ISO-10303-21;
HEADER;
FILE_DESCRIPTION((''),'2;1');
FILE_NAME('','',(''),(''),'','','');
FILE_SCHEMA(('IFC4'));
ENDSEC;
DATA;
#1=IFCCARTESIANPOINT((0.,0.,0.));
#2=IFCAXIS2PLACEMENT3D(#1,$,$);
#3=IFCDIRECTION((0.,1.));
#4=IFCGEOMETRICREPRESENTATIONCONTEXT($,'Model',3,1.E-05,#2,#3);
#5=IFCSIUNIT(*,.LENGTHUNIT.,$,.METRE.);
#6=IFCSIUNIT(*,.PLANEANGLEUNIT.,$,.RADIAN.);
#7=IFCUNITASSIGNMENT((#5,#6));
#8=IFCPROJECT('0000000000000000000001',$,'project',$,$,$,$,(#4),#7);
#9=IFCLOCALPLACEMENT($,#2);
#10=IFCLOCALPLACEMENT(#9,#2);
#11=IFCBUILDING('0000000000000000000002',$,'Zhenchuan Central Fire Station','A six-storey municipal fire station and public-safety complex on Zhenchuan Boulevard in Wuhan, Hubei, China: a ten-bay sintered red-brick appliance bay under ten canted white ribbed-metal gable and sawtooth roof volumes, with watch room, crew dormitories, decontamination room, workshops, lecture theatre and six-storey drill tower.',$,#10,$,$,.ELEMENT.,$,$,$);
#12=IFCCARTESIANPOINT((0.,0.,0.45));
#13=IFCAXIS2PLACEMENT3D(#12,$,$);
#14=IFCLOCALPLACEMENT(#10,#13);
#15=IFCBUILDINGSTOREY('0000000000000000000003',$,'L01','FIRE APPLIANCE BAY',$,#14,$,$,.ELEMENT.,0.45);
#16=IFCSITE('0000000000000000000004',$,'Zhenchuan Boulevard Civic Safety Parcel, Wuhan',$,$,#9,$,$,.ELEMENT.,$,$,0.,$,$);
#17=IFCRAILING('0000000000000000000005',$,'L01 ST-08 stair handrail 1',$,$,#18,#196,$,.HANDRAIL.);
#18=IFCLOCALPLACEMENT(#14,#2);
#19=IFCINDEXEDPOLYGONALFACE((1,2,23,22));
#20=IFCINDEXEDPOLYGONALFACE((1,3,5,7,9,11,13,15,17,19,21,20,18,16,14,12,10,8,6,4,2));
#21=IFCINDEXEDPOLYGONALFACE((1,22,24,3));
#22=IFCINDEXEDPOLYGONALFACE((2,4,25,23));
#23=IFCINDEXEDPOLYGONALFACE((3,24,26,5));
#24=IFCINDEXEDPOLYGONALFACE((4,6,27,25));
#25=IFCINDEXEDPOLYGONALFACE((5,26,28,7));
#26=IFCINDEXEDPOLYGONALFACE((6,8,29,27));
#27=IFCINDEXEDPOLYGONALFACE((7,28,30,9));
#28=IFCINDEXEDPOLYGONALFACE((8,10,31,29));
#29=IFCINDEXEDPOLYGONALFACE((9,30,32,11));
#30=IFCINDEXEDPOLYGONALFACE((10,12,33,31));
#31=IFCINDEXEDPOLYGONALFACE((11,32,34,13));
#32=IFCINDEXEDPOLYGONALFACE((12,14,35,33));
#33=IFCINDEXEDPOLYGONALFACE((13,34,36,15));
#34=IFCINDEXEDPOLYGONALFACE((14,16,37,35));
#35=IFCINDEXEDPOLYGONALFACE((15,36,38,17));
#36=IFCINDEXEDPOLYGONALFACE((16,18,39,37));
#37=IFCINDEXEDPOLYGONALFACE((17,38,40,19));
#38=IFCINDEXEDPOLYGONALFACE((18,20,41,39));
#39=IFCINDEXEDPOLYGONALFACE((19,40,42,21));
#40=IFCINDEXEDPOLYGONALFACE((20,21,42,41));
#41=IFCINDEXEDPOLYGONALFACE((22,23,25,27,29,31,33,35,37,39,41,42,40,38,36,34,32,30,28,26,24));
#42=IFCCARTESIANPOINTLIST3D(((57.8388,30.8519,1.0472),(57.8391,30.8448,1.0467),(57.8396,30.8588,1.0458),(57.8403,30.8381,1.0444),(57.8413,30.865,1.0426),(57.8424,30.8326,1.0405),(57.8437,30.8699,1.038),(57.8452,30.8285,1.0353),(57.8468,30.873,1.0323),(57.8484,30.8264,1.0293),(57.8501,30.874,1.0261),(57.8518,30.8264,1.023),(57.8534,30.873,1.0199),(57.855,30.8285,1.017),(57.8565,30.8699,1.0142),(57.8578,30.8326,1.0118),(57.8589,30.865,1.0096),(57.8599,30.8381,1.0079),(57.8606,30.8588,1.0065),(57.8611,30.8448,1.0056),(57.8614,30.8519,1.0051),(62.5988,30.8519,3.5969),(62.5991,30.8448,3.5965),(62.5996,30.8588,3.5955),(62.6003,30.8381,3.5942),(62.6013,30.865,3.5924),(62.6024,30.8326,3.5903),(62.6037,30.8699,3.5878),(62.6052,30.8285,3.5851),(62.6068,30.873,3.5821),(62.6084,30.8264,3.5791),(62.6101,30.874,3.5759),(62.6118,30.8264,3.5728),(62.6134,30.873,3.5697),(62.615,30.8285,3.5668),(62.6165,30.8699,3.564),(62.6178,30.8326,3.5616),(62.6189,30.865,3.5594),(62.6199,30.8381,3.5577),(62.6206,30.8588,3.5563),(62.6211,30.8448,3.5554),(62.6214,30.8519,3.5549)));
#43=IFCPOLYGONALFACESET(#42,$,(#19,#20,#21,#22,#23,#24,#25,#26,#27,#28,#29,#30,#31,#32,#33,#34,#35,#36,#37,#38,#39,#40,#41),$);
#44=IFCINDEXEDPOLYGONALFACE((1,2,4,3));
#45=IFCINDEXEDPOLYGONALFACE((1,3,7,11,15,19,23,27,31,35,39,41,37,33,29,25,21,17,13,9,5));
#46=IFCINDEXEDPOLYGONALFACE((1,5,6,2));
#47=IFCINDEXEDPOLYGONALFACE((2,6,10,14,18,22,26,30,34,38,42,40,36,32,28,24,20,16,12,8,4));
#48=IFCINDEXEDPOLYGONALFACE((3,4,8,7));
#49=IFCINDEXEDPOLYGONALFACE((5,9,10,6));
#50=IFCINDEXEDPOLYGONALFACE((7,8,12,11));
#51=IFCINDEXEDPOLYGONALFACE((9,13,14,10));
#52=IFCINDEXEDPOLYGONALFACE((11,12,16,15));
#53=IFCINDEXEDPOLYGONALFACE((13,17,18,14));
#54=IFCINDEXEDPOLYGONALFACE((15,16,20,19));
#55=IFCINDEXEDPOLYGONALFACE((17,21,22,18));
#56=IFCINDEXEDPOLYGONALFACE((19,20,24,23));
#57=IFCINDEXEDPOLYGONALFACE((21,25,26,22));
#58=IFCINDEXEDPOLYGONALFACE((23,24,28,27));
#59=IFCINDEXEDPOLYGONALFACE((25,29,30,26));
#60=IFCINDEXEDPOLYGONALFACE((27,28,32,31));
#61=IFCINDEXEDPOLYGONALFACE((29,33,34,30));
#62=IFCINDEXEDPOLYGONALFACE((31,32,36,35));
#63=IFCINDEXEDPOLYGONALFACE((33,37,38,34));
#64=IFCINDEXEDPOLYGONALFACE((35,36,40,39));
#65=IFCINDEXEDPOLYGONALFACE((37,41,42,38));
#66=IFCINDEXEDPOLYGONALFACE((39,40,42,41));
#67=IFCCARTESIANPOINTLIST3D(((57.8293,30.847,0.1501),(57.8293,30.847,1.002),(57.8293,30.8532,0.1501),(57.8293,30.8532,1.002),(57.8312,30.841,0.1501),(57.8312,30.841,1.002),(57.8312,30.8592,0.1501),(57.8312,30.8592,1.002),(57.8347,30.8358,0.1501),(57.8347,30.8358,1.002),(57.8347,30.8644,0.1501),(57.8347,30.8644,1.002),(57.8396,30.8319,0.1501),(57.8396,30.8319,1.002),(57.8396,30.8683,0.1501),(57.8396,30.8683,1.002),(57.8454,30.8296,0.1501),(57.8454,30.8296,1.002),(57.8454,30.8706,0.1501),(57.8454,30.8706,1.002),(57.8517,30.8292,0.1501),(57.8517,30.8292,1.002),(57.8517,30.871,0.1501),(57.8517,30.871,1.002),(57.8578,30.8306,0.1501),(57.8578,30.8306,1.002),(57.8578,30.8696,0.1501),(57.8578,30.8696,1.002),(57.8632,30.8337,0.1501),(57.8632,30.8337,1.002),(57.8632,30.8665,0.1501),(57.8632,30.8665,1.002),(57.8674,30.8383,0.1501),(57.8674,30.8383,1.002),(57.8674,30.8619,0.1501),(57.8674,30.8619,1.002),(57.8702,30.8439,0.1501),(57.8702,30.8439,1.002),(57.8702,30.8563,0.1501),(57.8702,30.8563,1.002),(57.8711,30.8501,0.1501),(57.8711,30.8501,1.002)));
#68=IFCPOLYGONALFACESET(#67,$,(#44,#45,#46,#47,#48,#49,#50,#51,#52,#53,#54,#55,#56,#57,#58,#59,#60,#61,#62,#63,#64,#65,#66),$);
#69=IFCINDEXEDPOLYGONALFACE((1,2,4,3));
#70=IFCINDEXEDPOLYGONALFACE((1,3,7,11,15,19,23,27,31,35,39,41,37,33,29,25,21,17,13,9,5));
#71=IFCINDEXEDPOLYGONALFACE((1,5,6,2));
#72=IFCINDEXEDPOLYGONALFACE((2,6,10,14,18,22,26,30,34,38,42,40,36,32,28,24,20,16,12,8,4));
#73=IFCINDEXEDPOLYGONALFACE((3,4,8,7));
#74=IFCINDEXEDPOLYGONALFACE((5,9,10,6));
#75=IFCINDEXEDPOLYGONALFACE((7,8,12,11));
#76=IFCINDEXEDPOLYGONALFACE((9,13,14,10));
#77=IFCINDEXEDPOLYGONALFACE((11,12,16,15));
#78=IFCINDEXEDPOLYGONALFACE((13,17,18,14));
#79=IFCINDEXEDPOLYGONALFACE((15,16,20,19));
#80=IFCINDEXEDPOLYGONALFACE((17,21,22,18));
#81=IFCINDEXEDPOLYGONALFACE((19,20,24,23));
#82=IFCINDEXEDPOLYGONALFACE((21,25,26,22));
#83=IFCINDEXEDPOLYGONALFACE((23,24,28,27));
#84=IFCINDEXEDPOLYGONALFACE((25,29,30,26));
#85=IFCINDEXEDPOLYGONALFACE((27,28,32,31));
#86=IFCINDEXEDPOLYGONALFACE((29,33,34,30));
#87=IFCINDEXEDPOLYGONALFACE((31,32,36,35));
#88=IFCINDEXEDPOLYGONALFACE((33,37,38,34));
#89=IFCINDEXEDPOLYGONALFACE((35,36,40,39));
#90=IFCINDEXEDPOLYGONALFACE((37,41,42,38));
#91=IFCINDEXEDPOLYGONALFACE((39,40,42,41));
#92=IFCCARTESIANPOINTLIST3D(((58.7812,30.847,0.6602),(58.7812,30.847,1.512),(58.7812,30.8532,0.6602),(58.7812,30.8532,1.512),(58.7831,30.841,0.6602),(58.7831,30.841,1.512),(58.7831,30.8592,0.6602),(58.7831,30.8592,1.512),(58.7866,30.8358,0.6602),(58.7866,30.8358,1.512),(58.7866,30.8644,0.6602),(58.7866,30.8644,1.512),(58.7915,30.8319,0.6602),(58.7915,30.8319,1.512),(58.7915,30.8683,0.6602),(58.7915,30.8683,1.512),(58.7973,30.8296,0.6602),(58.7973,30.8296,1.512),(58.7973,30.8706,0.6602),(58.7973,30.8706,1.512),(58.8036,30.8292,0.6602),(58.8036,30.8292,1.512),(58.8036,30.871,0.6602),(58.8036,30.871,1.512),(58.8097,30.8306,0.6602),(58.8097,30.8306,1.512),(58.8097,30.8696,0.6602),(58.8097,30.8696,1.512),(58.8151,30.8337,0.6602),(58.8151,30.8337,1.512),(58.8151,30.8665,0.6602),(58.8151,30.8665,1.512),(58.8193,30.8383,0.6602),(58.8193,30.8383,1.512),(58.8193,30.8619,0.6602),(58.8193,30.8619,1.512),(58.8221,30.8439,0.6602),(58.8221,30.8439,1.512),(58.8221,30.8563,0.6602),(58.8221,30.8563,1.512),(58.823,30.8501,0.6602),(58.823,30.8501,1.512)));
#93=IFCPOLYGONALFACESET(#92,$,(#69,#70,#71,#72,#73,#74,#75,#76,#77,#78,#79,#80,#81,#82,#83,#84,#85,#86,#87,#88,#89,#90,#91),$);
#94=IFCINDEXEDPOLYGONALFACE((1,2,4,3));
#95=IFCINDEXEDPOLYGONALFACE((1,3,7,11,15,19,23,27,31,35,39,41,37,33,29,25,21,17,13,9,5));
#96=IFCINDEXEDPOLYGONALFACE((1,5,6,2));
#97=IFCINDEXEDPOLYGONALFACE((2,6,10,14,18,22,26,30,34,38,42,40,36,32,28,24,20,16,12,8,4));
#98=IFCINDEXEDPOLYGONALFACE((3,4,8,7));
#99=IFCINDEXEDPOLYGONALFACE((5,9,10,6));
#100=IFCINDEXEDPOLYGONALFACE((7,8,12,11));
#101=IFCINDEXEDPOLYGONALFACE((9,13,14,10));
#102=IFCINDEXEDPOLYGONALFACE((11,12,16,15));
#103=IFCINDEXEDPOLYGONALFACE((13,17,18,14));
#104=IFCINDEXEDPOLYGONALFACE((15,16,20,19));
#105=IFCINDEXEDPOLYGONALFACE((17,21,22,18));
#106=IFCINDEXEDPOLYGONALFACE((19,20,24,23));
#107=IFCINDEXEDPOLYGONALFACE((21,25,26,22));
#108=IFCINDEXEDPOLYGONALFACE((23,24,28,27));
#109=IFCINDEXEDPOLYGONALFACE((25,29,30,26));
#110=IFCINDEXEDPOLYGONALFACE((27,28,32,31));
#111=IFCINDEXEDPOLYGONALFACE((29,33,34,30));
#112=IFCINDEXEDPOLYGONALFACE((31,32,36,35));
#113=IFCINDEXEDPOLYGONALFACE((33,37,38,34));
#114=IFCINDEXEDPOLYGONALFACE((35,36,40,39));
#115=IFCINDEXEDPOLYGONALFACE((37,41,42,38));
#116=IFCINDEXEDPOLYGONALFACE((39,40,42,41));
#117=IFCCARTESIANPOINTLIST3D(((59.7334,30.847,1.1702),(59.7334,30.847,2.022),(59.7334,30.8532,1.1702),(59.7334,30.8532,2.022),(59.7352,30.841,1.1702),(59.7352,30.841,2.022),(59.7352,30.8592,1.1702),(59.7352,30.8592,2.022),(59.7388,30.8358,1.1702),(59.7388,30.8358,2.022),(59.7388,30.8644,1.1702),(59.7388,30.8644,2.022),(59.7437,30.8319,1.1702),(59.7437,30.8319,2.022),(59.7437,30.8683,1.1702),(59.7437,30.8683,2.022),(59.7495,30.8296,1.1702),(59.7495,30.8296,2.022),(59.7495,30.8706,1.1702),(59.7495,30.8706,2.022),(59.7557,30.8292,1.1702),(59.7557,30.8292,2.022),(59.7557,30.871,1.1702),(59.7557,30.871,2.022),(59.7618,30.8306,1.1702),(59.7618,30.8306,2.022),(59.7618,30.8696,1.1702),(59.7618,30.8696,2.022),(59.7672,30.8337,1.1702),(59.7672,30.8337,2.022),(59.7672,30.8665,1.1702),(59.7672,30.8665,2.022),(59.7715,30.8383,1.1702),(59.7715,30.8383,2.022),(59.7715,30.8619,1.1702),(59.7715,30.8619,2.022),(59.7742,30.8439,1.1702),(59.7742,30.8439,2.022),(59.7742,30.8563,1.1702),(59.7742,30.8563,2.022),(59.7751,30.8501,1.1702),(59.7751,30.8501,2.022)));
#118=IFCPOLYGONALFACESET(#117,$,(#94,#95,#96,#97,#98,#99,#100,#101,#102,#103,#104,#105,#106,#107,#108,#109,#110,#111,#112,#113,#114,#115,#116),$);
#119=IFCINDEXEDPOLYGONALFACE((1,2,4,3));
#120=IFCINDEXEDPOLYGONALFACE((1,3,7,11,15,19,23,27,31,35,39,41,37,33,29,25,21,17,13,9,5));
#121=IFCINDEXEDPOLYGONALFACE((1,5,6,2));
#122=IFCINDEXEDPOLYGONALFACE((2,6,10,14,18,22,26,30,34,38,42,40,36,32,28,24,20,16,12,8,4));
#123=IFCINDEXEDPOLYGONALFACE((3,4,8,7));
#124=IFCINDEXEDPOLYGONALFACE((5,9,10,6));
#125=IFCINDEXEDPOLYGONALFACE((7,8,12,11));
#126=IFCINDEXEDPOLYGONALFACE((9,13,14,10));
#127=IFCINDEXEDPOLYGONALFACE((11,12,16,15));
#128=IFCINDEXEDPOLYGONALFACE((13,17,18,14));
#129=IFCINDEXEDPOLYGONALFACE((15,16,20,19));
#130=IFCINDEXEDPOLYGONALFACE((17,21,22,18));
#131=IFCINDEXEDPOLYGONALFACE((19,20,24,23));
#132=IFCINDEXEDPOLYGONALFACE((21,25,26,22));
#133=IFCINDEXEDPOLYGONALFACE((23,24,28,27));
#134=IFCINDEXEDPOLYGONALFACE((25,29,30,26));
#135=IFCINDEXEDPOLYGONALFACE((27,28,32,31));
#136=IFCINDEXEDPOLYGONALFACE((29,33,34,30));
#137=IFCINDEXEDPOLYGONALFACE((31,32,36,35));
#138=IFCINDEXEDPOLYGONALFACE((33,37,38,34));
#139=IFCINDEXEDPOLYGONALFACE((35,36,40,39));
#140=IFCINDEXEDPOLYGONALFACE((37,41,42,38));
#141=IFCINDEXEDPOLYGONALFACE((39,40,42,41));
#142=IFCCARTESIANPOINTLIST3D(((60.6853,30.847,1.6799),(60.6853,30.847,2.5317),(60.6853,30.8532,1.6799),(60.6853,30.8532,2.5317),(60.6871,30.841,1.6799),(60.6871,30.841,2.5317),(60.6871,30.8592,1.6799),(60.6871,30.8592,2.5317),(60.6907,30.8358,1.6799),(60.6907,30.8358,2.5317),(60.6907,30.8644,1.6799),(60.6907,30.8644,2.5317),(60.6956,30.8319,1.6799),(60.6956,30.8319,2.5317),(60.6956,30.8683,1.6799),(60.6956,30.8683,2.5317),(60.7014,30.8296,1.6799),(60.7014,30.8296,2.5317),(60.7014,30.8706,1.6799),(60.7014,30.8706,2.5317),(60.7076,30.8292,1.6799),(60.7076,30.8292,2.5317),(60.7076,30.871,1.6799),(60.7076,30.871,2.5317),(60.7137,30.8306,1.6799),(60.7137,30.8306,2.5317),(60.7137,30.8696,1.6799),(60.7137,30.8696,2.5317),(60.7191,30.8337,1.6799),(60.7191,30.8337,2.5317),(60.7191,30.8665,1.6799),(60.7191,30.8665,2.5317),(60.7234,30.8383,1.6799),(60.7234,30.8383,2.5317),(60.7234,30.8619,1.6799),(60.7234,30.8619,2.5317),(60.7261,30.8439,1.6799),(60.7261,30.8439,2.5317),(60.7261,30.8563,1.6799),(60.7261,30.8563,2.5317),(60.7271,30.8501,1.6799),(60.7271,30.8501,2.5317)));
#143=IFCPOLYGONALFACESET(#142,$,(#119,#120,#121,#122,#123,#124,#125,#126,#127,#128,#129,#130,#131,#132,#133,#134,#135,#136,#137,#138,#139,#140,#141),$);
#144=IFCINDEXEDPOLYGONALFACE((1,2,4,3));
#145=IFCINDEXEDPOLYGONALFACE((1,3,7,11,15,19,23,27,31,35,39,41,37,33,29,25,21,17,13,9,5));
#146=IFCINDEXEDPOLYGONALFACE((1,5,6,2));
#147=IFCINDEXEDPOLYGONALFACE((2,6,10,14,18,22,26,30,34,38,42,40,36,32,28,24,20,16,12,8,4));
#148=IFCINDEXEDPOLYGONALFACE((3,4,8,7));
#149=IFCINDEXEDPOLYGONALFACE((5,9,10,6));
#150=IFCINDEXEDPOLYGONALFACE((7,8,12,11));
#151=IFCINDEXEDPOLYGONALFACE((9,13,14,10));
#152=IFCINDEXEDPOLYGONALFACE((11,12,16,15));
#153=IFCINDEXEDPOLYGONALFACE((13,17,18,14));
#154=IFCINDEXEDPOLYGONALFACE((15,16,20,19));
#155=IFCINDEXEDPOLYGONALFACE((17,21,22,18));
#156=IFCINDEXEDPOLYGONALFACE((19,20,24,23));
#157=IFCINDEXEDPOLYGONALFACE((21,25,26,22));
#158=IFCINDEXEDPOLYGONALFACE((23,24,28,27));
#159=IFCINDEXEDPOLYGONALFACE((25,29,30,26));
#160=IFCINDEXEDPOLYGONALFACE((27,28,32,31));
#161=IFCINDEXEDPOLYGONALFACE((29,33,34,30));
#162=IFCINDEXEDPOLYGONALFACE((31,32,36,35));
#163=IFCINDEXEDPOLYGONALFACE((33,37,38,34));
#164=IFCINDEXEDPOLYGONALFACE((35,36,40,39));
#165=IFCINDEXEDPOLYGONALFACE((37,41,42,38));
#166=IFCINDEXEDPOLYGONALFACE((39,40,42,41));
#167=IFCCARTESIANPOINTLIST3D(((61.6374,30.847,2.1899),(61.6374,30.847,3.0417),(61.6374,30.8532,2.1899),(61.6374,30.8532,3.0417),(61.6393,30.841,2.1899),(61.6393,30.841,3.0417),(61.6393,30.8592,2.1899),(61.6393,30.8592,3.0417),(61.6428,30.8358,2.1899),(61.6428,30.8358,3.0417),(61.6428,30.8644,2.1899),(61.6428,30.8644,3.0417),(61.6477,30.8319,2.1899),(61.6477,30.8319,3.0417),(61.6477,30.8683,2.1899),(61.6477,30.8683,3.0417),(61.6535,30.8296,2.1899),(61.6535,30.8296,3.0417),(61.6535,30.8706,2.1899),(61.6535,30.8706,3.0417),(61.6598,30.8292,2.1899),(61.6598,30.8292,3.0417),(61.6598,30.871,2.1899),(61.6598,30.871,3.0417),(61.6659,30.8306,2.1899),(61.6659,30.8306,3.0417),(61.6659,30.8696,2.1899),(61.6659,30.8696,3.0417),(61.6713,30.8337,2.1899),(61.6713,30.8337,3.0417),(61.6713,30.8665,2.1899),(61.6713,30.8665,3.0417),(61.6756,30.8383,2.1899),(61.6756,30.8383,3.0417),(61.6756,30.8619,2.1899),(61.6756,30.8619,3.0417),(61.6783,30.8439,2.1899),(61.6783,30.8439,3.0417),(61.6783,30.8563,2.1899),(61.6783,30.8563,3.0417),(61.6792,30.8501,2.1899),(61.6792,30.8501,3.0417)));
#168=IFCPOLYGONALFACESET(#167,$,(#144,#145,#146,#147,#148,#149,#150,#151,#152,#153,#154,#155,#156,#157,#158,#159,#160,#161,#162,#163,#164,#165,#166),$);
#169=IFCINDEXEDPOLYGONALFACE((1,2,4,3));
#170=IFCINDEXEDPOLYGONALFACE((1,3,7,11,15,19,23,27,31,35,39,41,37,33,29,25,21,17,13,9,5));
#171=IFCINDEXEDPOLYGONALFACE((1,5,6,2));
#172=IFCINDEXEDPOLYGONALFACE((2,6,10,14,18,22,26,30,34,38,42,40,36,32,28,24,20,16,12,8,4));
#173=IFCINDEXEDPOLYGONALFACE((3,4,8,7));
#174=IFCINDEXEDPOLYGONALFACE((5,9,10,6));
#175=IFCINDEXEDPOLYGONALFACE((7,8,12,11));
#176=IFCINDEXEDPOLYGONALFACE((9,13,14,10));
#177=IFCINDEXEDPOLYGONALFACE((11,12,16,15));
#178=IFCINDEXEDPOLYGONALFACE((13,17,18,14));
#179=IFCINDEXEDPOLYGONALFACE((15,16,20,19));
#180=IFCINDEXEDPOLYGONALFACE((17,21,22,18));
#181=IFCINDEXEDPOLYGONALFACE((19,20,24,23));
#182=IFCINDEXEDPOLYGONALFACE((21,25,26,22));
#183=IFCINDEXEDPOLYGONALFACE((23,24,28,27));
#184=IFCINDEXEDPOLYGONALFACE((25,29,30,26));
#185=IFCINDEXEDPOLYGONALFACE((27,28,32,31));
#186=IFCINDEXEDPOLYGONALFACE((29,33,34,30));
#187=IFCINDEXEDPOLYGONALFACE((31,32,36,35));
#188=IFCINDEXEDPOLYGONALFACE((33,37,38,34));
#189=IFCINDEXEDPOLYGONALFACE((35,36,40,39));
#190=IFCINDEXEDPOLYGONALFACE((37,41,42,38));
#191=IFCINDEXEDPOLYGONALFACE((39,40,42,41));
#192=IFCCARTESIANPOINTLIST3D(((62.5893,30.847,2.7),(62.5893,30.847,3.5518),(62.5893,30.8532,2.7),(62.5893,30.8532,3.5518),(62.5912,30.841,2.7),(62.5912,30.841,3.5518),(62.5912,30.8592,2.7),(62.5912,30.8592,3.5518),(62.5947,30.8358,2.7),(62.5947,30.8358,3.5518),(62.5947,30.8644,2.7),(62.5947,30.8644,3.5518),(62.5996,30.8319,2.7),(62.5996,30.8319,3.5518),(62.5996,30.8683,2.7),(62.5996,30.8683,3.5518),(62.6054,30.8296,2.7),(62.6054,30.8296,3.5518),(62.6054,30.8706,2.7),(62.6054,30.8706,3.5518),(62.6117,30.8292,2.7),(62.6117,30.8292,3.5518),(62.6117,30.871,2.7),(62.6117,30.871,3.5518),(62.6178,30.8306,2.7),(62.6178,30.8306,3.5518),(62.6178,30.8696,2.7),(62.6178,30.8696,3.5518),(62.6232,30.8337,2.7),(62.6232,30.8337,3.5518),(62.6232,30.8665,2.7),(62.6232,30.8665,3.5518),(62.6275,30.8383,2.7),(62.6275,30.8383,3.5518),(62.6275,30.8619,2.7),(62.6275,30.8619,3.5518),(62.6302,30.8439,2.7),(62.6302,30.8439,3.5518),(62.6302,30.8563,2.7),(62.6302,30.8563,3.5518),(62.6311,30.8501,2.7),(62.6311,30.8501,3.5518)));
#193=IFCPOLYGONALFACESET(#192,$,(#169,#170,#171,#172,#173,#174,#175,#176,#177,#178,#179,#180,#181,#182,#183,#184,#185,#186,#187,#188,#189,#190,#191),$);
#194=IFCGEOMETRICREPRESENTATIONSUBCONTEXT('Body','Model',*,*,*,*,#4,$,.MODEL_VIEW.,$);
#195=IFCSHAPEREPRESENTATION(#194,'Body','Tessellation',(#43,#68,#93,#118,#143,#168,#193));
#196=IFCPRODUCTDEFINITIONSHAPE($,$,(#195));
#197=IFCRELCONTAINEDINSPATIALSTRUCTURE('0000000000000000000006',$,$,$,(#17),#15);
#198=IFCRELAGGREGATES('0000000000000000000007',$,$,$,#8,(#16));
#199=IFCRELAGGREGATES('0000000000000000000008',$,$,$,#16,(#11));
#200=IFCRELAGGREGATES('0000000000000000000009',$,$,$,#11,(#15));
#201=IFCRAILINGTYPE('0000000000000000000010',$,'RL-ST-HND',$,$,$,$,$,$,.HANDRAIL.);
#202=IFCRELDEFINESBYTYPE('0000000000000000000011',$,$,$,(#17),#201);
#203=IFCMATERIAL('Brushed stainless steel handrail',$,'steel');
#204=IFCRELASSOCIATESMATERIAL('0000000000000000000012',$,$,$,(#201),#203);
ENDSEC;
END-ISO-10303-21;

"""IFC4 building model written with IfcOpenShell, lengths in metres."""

from ifc_helpers import new_model, si_unit, direction, frame, origin, origin_2d, place, context, subcontext, project, spatial, circle, extrude, material, type_object, element, save


model = new_model("IFC4")

# Units and contexts
model_context = context("Model", 3, precision=1e-05, world=origin(), true_north=direction((0.0, 1.0)))
body_context = subcontext(model_context, "Body", "Model", "MODEL_VIEW")
ifc_project = project(units=[si_unit("LENGTHUNIT", "METRE"), si_unit("PLANEANGLEUNIT", "RADIAN")], contexts=[model_context])

# Site, building, storey
site_placement = place(None, origin())
site = spatial("IfcSite", under=ifc_project, at=site_placement, Name="Zhenchuan Boulevard Civic Safety Parcel, Wuhan", CompositionType="ELEMENT", RefElevation=0.0)
building_placement = place(site_placement, origin())
building = spatial("IfcBuilding", under=site, at=building_placement, Name="Zhenchuan Central Fire Station", Description="A six-storey municipal fire station and public-safety complex on Zhenchuan Boulevard in Wuhan, Hubei, China: a ten-bay sintered red-brick appliance bay under ten canted white ribbed-metal gable and sawtooth roof volumes, with watch room, crew dormitories, decontamination room, workshops, lecture theatre and six-storey drill tower.", CompositionType="ELEMENT")
storey_placement = place(building_placement, frame((0.0, 0.0, 0.45)))
storey = spatial("IfcBuildingStorey", under=building, at=storey_placement, Name="L01", Description="FIRE APPLIANCE BAY", CompositionType="ELEMENT", Elevation=0.45)

# Railing
ifc_material_1 = material(Name="Brushed stainless steel handrail", Category="steel")
railing_type_1 = type_object("IfcRailingType", Name="RL-ST-HND", PredefinedType="HANDRAIL", material=ifc_material_1)
railing_1_placement = place(storey_placement, frame((57.8501, 30.8501, 0.1501)))
element("IfcRailing", 1, at=railing_1_placement, inside=storey, type_object=railing_type_1, Name="L01 ST-08 stair handrail 1", PredefinedType="HANDRAIL", context=body_context, shape_type="SweptSolid", body=[
    extrude(circle(Radius=0.0239, at=origin_2d()), frame((0.0, 0.0, 0.876), z_axis=(0.881495, 0.0, 0.472193), x_axis=(0.0, 1.0, 0.0)), (0.0, 0.0, 1.0), 5.3999),
    extrude(circle(Radius=0.021, at=origin_2d()), origin(), (0.0, 0.0, 1.0), 0.8518),
    extrude(circle(Radius=0.021, at=origin_2d()), frame((0.9519, 0.0, 0.51)), (0.0, 0.0, 1.0), 0.8518),
    extrude(circle(Radius=0.021, at=origin_2d()), frame((1.9041, 0.0, 1.02)), (0.0, 0.0, 1.0), 0.8518),
    extrude(circle(Radius=0.021, at=origin_2d()), frame((2.856, 0.0, 1.5298)), (0.0, 0.0, 1.0), 0.8518),
    extrude(circle(Radius=0.021, at=origin_2d()), frame((3.8081, 0.0, 2.0398)), (0.0, 0.0, 1.0), 0.8518),
    extrude(circle(Radius=0.021, at=origin_2d()), frame((4.76, 0.0, 2.5498)), (0.0, 0.0, 1.0), 0.8518),
])

save(model, "model.ifc")
